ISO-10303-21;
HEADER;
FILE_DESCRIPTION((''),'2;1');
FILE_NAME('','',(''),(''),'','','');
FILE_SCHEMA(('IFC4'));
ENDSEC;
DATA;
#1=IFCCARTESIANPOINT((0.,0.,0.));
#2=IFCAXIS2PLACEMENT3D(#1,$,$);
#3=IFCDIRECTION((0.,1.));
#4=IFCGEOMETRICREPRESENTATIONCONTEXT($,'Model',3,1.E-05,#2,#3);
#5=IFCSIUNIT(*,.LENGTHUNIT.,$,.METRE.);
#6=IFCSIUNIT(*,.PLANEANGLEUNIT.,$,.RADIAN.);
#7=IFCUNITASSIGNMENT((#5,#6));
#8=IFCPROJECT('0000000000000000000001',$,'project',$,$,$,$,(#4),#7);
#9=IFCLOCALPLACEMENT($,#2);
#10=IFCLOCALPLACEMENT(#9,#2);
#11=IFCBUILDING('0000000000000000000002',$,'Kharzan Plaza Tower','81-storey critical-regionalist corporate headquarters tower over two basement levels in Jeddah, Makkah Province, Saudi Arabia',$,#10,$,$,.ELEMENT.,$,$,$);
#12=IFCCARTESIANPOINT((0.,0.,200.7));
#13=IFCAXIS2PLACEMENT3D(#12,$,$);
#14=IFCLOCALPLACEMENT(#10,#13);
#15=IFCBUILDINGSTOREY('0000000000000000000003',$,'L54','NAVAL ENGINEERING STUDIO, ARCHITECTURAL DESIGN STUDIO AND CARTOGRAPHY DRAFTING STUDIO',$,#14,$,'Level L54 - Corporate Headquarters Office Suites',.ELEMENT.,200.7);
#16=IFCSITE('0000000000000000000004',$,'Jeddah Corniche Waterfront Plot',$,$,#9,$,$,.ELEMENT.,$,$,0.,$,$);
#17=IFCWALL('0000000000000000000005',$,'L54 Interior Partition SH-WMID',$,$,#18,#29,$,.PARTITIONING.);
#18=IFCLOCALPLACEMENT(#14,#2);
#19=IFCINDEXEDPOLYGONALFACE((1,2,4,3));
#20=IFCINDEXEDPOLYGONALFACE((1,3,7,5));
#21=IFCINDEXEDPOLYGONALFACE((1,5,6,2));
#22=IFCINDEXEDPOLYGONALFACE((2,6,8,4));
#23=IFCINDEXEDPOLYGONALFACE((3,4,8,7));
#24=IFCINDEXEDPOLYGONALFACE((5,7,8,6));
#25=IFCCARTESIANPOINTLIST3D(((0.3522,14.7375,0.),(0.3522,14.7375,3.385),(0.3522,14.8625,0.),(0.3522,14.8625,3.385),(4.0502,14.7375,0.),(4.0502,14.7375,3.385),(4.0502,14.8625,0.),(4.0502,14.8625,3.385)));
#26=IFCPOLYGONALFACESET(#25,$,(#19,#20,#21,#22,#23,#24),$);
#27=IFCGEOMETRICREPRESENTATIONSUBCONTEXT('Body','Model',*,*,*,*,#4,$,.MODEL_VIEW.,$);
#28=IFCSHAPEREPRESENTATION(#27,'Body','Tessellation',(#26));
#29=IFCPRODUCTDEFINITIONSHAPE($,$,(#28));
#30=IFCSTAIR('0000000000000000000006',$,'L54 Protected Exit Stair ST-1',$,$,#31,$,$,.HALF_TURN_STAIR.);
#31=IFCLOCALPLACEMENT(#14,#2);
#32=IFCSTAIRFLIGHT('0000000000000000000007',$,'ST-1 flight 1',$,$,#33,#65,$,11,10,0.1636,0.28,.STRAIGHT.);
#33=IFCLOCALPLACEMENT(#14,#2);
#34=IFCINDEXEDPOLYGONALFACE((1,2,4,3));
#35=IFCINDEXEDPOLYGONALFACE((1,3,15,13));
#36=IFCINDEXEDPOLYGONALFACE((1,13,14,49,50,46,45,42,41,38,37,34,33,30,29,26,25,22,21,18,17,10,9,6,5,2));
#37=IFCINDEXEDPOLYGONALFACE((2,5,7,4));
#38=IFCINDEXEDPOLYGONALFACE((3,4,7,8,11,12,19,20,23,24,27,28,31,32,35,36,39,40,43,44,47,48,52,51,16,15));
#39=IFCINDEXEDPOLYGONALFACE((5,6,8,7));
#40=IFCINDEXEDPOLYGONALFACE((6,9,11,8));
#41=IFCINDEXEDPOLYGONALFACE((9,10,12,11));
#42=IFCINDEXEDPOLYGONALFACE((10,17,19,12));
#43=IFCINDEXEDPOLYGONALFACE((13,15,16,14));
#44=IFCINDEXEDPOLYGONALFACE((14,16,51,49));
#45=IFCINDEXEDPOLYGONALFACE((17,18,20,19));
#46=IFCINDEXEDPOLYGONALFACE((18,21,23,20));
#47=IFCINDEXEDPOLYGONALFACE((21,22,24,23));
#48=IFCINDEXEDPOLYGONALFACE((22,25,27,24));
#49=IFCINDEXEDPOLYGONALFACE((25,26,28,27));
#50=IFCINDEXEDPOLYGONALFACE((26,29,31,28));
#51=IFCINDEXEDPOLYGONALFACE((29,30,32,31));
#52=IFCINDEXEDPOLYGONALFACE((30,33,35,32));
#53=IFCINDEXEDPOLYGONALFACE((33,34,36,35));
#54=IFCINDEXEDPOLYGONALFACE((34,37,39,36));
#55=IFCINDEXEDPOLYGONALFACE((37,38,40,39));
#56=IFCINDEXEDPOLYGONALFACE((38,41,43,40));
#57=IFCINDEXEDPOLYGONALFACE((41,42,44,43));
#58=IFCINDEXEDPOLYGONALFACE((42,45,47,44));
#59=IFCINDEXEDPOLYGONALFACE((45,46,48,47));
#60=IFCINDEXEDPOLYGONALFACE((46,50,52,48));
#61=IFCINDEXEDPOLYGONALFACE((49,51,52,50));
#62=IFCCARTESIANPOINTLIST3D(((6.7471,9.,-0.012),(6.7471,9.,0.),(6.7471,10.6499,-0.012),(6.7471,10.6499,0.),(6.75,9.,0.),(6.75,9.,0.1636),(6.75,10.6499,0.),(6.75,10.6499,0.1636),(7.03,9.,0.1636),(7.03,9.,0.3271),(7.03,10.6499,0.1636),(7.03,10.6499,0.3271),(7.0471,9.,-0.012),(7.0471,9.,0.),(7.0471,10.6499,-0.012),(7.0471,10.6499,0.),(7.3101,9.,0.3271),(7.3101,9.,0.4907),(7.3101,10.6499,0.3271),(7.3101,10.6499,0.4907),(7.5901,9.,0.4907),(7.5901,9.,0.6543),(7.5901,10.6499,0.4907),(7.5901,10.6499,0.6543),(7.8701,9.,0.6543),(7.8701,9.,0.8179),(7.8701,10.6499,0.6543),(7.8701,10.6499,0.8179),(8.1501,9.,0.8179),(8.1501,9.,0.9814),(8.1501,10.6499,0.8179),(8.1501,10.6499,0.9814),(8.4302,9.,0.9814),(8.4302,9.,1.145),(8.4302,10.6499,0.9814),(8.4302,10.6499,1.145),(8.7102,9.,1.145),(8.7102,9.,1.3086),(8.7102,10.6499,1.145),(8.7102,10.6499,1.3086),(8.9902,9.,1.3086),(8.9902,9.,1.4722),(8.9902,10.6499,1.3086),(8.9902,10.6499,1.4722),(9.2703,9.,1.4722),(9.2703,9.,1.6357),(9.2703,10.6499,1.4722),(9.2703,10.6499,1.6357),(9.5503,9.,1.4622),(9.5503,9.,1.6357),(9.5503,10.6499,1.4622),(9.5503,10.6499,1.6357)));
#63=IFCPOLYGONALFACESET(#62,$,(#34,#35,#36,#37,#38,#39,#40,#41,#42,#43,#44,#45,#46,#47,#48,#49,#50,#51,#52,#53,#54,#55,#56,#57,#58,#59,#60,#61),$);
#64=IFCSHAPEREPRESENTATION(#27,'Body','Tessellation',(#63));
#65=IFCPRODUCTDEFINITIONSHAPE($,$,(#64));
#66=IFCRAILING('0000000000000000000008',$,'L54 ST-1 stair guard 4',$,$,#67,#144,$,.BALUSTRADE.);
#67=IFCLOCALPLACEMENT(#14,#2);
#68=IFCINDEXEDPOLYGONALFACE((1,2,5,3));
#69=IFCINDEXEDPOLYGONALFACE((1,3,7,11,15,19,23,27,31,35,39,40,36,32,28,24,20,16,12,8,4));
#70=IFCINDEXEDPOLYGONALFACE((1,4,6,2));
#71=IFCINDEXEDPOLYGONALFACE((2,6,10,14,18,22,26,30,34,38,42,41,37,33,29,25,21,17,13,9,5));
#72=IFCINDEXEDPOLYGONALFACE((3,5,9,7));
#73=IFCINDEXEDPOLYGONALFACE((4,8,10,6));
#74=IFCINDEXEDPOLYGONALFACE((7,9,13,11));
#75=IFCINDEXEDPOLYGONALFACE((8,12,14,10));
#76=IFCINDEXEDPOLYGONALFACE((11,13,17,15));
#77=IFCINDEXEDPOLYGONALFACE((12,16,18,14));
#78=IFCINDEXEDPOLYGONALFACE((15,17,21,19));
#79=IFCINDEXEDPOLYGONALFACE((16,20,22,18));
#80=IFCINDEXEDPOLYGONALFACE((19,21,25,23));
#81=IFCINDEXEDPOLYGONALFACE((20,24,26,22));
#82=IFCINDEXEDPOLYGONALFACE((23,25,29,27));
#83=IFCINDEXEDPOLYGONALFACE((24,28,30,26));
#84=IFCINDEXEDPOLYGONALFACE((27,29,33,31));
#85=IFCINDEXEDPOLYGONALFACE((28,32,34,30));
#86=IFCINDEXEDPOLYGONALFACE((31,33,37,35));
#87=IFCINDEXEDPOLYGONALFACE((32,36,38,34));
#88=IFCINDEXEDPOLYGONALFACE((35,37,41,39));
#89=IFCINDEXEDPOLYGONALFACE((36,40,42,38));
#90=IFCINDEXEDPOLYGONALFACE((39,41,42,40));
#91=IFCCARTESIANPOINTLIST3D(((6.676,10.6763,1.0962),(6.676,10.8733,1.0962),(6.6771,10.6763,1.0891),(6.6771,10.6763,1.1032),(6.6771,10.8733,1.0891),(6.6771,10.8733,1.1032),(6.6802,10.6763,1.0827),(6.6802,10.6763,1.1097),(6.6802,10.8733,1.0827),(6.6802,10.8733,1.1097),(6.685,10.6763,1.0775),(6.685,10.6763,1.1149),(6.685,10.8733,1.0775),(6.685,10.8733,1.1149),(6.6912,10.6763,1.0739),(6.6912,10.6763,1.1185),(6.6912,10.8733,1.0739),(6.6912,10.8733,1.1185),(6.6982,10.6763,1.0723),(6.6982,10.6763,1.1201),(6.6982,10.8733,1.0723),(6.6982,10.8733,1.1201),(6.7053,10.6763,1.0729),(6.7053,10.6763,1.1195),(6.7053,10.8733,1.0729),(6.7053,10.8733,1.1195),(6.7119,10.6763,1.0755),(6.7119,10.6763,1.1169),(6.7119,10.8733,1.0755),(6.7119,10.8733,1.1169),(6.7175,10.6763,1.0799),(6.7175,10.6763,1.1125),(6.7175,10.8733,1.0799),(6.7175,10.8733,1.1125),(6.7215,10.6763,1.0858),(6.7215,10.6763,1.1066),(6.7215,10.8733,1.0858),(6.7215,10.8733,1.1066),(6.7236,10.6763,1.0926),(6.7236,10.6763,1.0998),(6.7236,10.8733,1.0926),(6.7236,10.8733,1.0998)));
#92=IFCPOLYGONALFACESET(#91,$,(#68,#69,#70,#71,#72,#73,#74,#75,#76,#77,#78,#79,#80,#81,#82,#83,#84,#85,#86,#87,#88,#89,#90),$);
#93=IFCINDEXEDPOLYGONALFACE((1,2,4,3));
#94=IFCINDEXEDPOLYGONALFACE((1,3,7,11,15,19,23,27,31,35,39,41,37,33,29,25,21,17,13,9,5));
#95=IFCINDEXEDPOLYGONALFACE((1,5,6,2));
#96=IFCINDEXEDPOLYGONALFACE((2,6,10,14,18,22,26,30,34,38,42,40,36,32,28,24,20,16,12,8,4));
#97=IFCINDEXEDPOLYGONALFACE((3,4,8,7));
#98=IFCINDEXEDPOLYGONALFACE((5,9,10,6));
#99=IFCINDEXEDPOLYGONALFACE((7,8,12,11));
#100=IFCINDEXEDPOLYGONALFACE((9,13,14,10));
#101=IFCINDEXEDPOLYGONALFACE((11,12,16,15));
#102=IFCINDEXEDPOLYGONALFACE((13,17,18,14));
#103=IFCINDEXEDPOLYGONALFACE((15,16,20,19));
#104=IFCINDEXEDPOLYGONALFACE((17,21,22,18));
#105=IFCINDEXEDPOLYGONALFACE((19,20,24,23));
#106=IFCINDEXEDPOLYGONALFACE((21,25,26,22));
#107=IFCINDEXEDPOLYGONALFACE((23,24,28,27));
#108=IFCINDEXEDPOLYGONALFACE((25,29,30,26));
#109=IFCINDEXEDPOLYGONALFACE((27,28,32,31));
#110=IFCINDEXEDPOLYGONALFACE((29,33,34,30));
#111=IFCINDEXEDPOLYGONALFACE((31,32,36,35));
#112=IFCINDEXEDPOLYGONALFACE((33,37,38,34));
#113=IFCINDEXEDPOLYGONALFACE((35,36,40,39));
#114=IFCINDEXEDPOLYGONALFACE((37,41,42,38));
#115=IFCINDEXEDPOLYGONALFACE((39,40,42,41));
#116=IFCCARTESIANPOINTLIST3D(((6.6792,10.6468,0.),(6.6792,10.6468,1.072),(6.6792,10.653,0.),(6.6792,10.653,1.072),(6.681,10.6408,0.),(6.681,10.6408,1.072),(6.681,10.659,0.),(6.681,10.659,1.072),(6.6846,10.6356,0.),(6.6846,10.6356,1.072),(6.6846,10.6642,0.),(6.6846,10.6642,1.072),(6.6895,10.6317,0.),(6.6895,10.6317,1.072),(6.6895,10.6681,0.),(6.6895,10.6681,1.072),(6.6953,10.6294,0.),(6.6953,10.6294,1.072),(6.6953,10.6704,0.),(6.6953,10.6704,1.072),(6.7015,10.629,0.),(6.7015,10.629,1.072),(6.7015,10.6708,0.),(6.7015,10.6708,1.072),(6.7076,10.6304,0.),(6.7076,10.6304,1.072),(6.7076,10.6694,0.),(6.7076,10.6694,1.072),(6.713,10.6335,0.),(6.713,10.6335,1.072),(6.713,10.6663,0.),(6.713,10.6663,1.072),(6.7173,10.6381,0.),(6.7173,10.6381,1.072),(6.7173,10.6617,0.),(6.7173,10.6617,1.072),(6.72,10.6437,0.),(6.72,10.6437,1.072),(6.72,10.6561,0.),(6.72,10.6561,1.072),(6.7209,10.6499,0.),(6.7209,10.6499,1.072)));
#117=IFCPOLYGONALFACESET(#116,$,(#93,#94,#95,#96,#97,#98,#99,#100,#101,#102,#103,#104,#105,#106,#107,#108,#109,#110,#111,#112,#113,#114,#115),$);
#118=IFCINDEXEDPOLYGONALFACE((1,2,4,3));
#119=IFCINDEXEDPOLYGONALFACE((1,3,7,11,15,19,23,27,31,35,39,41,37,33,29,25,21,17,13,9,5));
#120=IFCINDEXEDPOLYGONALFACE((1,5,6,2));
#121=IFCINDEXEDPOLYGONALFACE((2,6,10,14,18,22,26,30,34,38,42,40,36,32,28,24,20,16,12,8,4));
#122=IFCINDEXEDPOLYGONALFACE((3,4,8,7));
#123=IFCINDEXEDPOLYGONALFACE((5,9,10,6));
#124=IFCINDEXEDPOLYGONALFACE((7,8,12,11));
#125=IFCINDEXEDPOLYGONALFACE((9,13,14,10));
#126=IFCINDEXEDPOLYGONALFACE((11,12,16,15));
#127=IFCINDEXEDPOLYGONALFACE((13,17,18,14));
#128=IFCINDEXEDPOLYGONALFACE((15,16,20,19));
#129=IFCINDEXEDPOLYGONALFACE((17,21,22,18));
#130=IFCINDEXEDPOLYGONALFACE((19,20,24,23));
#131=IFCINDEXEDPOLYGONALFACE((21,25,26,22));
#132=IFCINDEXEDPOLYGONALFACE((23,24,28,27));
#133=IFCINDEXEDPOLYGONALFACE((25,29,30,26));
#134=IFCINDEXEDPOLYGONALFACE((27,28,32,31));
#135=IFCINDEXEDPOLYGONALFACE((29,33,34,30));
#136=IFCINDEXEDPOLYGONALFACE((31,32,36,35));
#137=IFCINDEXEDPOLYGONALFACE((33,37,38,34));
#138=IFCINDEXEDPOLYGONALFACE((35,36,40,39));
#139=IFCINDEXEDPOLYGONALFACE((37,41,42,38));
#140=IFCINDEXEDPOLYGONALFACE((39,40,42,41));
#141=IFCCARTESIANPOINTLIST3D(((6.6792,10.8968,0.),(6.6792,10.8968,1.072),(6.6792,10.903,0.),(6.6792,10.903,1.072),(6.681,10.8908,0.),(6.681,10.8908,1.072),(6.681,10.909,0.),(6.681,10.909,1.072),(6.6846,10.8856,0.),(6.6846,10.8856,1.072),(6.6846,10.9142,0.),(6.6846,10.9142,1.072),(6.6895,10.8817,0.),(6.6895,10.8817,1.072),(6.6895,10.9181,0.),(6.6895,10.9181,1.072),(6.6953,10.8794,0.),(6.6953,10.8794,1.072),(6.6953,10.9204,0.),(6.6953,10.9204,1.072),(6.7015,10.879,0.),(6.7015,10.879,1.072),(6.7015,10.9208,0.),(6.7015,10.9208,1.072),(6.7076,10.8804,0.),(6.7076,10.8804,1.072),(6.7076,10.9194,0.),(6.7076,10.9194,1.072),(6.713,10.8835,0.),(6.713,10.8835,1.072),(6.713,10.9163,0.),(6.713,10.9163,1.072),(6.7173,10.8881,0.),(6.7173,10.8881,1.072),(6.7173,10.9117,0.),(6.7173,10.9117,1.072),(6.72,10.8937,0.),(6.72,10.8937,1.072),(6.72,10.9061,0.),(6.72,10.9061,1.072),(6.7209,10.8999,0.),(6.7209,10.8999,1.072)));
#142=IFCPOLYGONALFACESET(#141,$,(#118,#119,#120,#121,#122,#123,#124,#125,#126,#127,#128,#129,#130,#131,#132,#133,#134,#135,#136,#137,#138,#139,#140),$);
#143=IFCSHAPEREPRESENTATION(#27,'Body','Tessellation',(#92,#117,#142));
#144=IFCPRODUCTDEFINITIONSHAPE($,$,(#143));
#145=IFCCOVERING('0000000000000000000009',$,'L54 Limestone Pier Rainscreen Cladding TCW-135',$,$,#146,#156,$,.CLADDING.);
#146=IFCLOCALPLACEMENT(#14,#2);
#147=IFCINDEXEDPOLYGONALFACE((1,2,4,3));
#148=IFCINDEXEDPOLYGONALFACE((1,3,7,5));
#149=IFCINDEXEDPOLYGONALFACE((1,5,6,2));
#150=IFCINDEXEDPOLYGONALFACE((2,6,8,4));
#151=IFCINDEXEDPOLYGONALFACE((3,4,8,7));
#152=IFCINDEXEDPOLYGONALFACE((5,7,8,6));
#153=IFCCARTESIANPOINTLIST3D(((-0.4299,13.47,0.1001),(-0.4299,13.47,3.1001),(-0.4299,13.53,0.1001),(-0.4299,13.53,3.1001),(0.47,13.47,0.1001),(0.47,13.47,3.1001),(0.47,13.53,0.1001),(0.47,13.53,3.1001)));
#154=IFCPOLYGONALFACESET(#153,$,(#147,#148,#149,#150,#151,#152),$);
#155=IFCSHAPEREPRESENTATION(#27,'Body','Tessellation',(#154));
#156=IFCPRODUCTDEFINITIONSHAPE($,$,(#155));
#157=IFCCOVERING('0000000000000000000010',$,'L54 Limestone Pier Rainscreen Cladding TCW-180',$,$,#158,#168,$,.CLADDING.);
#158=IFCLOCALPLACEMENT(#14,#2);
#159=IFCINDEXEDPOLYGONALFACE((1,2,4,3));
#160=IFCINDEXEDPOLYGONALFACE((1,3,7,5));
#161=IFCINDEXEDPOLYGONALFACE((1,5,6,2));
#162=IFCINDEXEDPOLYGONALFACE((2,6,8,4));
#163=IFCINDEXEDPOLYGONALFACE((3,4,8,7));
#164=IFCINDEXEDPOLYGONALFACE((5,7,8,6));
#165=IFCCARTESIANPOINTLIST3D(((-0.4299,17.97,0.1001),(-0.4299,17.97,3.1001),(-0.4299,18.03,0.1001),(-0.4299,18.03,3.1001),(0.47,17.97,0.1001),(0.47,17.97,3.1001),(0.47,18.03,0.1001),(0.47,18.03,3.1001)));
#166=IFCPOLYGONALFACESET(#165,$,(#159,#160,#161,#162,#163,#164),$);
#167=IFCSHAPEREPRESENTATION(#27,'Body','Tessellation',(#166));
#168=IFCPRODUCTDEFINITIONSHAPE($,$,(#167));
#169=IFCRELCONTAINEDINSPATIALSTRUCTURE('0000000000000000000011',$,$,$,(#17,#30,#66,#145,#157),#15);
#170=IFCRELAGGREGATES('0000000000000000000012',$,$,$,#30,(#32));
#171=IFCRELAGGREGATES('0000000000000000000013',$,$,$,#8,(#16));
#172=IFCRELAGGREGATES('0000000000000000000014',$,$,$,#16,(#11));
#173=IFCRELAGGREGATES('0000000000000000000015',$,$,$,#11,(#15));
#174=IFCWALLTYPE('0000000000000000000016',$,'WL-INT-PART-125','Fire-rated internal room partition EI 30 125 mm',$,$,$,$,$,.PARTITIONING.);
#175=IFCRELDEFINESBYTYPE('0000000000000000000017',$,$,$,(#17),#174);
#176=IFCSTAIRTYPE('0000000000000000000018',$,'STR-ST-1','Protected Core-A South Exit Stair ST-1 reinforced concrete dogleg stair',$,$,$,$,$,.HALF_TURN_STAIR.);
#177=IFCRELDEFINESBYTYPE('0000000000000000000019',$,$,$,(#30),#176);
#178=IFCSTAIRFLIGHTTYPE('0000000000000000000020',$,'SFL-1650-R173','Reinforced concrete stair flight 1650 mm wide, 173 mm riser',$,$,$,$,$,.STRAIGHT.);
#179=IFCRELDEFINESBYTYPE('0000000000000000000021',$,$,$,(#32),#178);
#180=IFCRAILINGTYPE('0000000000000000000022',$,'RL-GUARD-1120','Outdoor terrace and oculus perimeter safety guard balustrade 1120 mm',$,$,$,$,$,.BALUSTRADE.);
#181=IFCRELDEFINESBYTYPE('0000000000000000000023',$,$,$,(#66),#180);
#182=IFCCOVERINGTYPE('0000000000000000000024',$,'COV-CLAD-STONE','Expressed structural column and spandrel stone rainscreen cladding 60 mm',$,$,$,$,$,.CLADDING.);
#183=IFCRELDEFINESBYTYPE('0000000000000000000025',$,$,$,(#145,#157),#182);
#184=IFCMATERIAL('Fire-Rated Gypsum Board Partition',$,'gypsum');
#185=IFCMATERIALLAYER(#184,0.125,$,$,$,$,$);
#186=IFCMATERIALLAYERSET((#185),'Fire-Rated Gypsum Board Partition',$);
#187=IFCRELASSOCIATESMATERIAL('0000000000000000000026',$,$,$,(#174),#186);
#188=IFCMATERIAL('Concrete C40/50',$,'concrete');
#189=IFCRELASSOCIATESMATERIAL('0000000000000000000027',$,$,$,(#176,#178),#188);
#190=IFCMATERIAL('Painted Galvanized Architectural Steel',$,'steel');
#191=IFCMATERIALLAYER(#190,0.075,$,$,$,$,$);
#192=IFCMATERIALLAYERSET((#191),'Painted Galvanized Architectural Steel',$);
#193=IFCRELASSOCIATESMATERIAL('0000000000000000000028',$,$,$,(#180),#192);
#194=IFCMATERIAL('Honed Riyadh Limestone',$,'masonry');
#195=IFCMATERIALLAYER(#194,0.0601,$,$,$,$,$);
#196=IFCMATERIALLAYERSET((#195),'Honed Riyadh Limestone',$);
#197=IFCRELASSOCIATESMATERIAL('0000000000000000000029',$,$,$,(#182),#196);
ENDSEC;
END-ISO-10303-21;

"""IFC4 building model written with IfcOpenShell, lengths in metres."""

from ifc_helpers import new_model, si_unit, direction, frame, frame_2d, origin, origin_2d, place, context, subcontext, project, spatial, polyline, rectangle, circle, outline, extrude, source, transform, mapped, material, layer, layer_set, type_object, element, aggregate, save


model = new_model("IFC4")

# Units and contexts
model_context = context("Model", 3, precision=1e-05, world=origin(), true_north=direction((0.0, 1.0)))
body_context = subcontext(model_context, "Body", "Model", "MODEL_VIEW")
ifc_project = project(units=[si_unit("LENGTHUNIT", "METRE"), si_unit("PLANEANGLEUNIT", "RADIAN")], contexts=[model_context])

# Site, building, storey
site_placement = place(None, origin())
site = spatial("IfcSite", under=ifc_project, at=site_placement, Name="Jeddah Corniche Waterfront Plot", CompositionType="ELEMENT", RefElevation=0.0)
building_placement = place(site_placement, origin())
building = spatial("IfcBuilding", under=site, at=building_placement, Name="Kharzan Plaza Tower", Description="81-storey critical-regionalist corporate headquarters tower over two basement levels in Jeddah, Makkah Province, Saudi Arabia", CompositionType="ELEMENT")
storey_placement = place(building_placement, frame((0.0, 0.0, 200.7)))
storey = spatial("IfcBuildingStorey", under=building, at=storey_placement, Name="L54", Description="NAVAL ENGINEERING STUDIO, ARCHITECTURAL DESIGN STUDIO AND CARTOGRAPHY DRAFTING STUDIO", LongName="Level L54 - Corporate Headquarters Office Suites", CompositionType="ELEMENT", Elevation=200.7)

# Shared definitions
ifc_material_1 = material(Name="Concrete C40/50", Category="concrete")

# Shared definitions
ifc_material_2 = material(Name="Fire-Rated Gypsum Board Partition", Category="gypsum")
ifc_layer_1 = layer(ifc_material_2, 0.125)
ifc_layer_set_1 = layer_set([ifc_layer_1], Name="Fire-Rated Gypsum Board Partition")
wall_type_1 = type_object("IfcWallType", Name="WL-INT-PART-125", Description="Fire-rated internal room partition EI 30 125 mm", PredefinedType="PARTITIONING", material=ifc_layer_set_1)

# Wall
shared_shape_1 = source(origin(), body_context, "Body", "SweptSolid", [
    extrude(rectangle(XDim=3.698, YDim=0.125, at=frame_2d((1.8491, 0.0))), origin(), (0.0, 0.0, 1.0), 3.385),
])
wall_1_placement = place(storey_placement, frame((0.3521, 14.8, 0.0), z_axis=(0.0, 0.0, 1.0), x_axis=(1.0, 0.0, 0.0)))
element("IfcWall", 1, at=wall_1_placement, inside=storey, type_object=wall_type_1, Name="L54 Interior Partition SH-WMID", PredefinedType="PARTITIONING", context=body_context, shape_type="MappedRepresentation", body=[
    mapped(shared_shape_1, transform((0.0, 0.0, 0.0), x_axis=(1.0, 0.0, 0.0), y_axis=(0.0, 1.0, 0.0), z_axis=(0.0, 0.0, 1.0))),
])

# Stair, stair flight
stair_type = type_object("IfcStairType", Name="STR-ST-1", Description="Protected Core-A South Exit Stair ST-1 reinforced concrete dogleg stair", PredefinedType="HALF_TURN_STAIR", material=ifc_material_1)
stair_placement = place(storey_placement, origin())
stair = element("IfcStair", 2, at=stair_placement, inside=storey, type_object=stair_type, Name="L54 Protected Exit Stair ST-1", PredefinedType="HALF_TURN_STAIR")
stair_flight_type = type_object("IfcStairFlightType", Name="SFL-1650-R173", Description="Reinforced concrete stair flight 1650 mm wide, 173 mm riser", PredefinedType="STRAIGHT", material=ifc_material_1)
shared_shape_2 = source(origin(), body_context, "Body", "SweptSolid", [
    extrude(outline(polyline([(-0.0029, -0.012), (-0.0029, 0.0), (0.0, 0.0), (0.0, 0.1636), (0.28, 0.1636), (0.28, 0.3271), (0.5601, 0.3271), (0.5601, 0.4907), (0.8401, 0.4907), (0.8401, 0.6543), (1.1201, 0.6543), (1.1201, 0.8179), (1.4001, 0.8179), (1.4001, 0.9814), (1.6802, 0.9814), (1.6802, 1.145), (1.9602, 1.145), (1.9602, 1.3086), (2.2402, 1.3086), (2.2402, 1.4722), (2.5203, 1.4722), (2.5203, 1.6357), (2.8003, 1.6357), (2.8003, 1.7993), (2.8003, 1.4622), (0.2971, 0.0), (0.2971, -0.012), (-0.0029, -0.012)])), frame((0.0, 0.825, 0.0), z_axis=(0.0, -1.0, 0.0), x_axis=(1.0, 0.0, 0.0)), (0.0, 0.0, 1.0), 1.6499),
])
stair_flight_placement = place(storey_placement, frame((6.75, 9.825, 0.0), z_axis=(0.0, 0.0, 1.0), x_axis=(1.0, 0.0, 0.0)))
stair_flight = element("IfcStairFlight", 3, at=stair_flight_placement, type_object=stair_flight_type, Name="ST-1 flight 1", NumberOfRisers=11, NumberOfTreads=10, PredefinedType="STRAIGHT", RiserHeight=0.1636, TreadLength=0.28, context=body_context, shape_type="MappedRepresentation", body=[
    mapped(shared_shape_2, transform((0.0, 0.0, 0.0), x_axis=(1.0, 0.0, 0.0), y_axis=(0.0, 1.0, 0.0), z_axis=(0.0, 0.0, 1.0))),
])
aggregate(stair, [stair_flight])

# Railing
ifc_material_3 = material(Name="Painted Galvanized Architectural Steel", Category="steel")
ifc_layer_2 = layer(ifc_material_3, 0.075)
ifc_layer_set_2 = layer_set([ifc_layer_2], Name="Painted Galvanized Architectural Steel")
railing_type_1 = type_object("IfcRailingType", Name="RL-GUARD-1120", Description="Outdoor terrace and oculus perimeter safety guard balustrade 1120 mm", PredefinedType="BALUSTRADE", material=ifc_layer_set_2)
shared_shape_3 = source(origin(), body_context, "Body", "SweptSolid", [
    extrude(circle(Radius=0.0239, at=origin_2d()), frame((0.0, 0.0264, 1.0962), z_axis=(0.0, 1.0, 0.0), x_axis=(-1.0, 0.0, 0.0)), (0.0, 0.0, 1.0), 0.197),
    extrude(circle(Radius=0.021, at=origin_2d()), origin(), (0.0, 0.0, 1.0), 1.072),
    extrude(circle(Radius=0.021, at=origin_2d()), frame((0.0, 0.25, 0.0)), (0.0, 0.0, 1.0), 1.072),
])
railing_1_placement = place(storey_placement, frame((6.7, 10.6499, 0.0)))
element("IfcRailing", 4, at=railing_1_placement, inside=storey, type_object=railing_type_1, Name="L54 ST-1 stair guard 4", PredefinedType="BALUSTRADE", context=body_context, shape_type="MappedRepresentation", body=[
    mapped(shared_shape_3, transform((0.0, 0.0, 0.0), x_axis=(1.0, 0.0, 0.0), y_axis=(0.0, 1.0, 0.0), z_axis=(0.0, 0.0, 1.0))),
])

# Coverings
ifc_material_4 = material(Name="Honed Riyadh Limestone", Category="masonry")
ifc_layer_3 = layer(ifc_material_4, 0.0601)
ifc_layer_set_3 = layer_set([ifc_layer_3], Name="Honed Riyadh Limestone")
covering_type = type_object("IfcCoveringType", Name="COV-CLAD-STONE", Description="Expressed structural column and spandrel stone rainscreen cladding 60 mm", PredefinedType="CLADDING", material=ifc_layer_set_3)
shared_shape_4 = source(origin(), body_context, "Body", "SweptSolid", [
    extrude(rectangle(XDim=0.0601, YDim=0.8999, at=origin_2d()), origin(), (0.0, 0.0, 1.0), 3.0),
])
for number, where, z_axis, x_axis, name in (
    (5, (0.02, 13.5, 0.1001), (0.0, 0.0, 1.0), (0.0, 1.0, 0.0), "L54 Limestone Pier Rainscreen Cladding TCW-135"),
    (6, (0.02, 18.0, 0.1001), (0.0, 0.0, 1.0), (0.0, 1.0, 0.0), "L54 Limestone Pier Rainscreen Cladding TCW-180"),
):
    element("IfcCovering", number, at=place(storey_placement, frame(where, z_axis=z_axis, x_axis=x_axis)), inside=storey, type_object=covering_type, Name=name, PredefinedType="CLADDING", context=body_context, shape_type="MappedRepresentation", body=[
        mapped(shared_shape_4, transform((0.0, 0.0, 0.0), x_axis=(1.0, 0.0, 0.0), y_axis=(0.0, 1.0, 0.0), z_axis=(0.0, 0.0, 1.0))),
    ])

save(model, "model.ifc")
